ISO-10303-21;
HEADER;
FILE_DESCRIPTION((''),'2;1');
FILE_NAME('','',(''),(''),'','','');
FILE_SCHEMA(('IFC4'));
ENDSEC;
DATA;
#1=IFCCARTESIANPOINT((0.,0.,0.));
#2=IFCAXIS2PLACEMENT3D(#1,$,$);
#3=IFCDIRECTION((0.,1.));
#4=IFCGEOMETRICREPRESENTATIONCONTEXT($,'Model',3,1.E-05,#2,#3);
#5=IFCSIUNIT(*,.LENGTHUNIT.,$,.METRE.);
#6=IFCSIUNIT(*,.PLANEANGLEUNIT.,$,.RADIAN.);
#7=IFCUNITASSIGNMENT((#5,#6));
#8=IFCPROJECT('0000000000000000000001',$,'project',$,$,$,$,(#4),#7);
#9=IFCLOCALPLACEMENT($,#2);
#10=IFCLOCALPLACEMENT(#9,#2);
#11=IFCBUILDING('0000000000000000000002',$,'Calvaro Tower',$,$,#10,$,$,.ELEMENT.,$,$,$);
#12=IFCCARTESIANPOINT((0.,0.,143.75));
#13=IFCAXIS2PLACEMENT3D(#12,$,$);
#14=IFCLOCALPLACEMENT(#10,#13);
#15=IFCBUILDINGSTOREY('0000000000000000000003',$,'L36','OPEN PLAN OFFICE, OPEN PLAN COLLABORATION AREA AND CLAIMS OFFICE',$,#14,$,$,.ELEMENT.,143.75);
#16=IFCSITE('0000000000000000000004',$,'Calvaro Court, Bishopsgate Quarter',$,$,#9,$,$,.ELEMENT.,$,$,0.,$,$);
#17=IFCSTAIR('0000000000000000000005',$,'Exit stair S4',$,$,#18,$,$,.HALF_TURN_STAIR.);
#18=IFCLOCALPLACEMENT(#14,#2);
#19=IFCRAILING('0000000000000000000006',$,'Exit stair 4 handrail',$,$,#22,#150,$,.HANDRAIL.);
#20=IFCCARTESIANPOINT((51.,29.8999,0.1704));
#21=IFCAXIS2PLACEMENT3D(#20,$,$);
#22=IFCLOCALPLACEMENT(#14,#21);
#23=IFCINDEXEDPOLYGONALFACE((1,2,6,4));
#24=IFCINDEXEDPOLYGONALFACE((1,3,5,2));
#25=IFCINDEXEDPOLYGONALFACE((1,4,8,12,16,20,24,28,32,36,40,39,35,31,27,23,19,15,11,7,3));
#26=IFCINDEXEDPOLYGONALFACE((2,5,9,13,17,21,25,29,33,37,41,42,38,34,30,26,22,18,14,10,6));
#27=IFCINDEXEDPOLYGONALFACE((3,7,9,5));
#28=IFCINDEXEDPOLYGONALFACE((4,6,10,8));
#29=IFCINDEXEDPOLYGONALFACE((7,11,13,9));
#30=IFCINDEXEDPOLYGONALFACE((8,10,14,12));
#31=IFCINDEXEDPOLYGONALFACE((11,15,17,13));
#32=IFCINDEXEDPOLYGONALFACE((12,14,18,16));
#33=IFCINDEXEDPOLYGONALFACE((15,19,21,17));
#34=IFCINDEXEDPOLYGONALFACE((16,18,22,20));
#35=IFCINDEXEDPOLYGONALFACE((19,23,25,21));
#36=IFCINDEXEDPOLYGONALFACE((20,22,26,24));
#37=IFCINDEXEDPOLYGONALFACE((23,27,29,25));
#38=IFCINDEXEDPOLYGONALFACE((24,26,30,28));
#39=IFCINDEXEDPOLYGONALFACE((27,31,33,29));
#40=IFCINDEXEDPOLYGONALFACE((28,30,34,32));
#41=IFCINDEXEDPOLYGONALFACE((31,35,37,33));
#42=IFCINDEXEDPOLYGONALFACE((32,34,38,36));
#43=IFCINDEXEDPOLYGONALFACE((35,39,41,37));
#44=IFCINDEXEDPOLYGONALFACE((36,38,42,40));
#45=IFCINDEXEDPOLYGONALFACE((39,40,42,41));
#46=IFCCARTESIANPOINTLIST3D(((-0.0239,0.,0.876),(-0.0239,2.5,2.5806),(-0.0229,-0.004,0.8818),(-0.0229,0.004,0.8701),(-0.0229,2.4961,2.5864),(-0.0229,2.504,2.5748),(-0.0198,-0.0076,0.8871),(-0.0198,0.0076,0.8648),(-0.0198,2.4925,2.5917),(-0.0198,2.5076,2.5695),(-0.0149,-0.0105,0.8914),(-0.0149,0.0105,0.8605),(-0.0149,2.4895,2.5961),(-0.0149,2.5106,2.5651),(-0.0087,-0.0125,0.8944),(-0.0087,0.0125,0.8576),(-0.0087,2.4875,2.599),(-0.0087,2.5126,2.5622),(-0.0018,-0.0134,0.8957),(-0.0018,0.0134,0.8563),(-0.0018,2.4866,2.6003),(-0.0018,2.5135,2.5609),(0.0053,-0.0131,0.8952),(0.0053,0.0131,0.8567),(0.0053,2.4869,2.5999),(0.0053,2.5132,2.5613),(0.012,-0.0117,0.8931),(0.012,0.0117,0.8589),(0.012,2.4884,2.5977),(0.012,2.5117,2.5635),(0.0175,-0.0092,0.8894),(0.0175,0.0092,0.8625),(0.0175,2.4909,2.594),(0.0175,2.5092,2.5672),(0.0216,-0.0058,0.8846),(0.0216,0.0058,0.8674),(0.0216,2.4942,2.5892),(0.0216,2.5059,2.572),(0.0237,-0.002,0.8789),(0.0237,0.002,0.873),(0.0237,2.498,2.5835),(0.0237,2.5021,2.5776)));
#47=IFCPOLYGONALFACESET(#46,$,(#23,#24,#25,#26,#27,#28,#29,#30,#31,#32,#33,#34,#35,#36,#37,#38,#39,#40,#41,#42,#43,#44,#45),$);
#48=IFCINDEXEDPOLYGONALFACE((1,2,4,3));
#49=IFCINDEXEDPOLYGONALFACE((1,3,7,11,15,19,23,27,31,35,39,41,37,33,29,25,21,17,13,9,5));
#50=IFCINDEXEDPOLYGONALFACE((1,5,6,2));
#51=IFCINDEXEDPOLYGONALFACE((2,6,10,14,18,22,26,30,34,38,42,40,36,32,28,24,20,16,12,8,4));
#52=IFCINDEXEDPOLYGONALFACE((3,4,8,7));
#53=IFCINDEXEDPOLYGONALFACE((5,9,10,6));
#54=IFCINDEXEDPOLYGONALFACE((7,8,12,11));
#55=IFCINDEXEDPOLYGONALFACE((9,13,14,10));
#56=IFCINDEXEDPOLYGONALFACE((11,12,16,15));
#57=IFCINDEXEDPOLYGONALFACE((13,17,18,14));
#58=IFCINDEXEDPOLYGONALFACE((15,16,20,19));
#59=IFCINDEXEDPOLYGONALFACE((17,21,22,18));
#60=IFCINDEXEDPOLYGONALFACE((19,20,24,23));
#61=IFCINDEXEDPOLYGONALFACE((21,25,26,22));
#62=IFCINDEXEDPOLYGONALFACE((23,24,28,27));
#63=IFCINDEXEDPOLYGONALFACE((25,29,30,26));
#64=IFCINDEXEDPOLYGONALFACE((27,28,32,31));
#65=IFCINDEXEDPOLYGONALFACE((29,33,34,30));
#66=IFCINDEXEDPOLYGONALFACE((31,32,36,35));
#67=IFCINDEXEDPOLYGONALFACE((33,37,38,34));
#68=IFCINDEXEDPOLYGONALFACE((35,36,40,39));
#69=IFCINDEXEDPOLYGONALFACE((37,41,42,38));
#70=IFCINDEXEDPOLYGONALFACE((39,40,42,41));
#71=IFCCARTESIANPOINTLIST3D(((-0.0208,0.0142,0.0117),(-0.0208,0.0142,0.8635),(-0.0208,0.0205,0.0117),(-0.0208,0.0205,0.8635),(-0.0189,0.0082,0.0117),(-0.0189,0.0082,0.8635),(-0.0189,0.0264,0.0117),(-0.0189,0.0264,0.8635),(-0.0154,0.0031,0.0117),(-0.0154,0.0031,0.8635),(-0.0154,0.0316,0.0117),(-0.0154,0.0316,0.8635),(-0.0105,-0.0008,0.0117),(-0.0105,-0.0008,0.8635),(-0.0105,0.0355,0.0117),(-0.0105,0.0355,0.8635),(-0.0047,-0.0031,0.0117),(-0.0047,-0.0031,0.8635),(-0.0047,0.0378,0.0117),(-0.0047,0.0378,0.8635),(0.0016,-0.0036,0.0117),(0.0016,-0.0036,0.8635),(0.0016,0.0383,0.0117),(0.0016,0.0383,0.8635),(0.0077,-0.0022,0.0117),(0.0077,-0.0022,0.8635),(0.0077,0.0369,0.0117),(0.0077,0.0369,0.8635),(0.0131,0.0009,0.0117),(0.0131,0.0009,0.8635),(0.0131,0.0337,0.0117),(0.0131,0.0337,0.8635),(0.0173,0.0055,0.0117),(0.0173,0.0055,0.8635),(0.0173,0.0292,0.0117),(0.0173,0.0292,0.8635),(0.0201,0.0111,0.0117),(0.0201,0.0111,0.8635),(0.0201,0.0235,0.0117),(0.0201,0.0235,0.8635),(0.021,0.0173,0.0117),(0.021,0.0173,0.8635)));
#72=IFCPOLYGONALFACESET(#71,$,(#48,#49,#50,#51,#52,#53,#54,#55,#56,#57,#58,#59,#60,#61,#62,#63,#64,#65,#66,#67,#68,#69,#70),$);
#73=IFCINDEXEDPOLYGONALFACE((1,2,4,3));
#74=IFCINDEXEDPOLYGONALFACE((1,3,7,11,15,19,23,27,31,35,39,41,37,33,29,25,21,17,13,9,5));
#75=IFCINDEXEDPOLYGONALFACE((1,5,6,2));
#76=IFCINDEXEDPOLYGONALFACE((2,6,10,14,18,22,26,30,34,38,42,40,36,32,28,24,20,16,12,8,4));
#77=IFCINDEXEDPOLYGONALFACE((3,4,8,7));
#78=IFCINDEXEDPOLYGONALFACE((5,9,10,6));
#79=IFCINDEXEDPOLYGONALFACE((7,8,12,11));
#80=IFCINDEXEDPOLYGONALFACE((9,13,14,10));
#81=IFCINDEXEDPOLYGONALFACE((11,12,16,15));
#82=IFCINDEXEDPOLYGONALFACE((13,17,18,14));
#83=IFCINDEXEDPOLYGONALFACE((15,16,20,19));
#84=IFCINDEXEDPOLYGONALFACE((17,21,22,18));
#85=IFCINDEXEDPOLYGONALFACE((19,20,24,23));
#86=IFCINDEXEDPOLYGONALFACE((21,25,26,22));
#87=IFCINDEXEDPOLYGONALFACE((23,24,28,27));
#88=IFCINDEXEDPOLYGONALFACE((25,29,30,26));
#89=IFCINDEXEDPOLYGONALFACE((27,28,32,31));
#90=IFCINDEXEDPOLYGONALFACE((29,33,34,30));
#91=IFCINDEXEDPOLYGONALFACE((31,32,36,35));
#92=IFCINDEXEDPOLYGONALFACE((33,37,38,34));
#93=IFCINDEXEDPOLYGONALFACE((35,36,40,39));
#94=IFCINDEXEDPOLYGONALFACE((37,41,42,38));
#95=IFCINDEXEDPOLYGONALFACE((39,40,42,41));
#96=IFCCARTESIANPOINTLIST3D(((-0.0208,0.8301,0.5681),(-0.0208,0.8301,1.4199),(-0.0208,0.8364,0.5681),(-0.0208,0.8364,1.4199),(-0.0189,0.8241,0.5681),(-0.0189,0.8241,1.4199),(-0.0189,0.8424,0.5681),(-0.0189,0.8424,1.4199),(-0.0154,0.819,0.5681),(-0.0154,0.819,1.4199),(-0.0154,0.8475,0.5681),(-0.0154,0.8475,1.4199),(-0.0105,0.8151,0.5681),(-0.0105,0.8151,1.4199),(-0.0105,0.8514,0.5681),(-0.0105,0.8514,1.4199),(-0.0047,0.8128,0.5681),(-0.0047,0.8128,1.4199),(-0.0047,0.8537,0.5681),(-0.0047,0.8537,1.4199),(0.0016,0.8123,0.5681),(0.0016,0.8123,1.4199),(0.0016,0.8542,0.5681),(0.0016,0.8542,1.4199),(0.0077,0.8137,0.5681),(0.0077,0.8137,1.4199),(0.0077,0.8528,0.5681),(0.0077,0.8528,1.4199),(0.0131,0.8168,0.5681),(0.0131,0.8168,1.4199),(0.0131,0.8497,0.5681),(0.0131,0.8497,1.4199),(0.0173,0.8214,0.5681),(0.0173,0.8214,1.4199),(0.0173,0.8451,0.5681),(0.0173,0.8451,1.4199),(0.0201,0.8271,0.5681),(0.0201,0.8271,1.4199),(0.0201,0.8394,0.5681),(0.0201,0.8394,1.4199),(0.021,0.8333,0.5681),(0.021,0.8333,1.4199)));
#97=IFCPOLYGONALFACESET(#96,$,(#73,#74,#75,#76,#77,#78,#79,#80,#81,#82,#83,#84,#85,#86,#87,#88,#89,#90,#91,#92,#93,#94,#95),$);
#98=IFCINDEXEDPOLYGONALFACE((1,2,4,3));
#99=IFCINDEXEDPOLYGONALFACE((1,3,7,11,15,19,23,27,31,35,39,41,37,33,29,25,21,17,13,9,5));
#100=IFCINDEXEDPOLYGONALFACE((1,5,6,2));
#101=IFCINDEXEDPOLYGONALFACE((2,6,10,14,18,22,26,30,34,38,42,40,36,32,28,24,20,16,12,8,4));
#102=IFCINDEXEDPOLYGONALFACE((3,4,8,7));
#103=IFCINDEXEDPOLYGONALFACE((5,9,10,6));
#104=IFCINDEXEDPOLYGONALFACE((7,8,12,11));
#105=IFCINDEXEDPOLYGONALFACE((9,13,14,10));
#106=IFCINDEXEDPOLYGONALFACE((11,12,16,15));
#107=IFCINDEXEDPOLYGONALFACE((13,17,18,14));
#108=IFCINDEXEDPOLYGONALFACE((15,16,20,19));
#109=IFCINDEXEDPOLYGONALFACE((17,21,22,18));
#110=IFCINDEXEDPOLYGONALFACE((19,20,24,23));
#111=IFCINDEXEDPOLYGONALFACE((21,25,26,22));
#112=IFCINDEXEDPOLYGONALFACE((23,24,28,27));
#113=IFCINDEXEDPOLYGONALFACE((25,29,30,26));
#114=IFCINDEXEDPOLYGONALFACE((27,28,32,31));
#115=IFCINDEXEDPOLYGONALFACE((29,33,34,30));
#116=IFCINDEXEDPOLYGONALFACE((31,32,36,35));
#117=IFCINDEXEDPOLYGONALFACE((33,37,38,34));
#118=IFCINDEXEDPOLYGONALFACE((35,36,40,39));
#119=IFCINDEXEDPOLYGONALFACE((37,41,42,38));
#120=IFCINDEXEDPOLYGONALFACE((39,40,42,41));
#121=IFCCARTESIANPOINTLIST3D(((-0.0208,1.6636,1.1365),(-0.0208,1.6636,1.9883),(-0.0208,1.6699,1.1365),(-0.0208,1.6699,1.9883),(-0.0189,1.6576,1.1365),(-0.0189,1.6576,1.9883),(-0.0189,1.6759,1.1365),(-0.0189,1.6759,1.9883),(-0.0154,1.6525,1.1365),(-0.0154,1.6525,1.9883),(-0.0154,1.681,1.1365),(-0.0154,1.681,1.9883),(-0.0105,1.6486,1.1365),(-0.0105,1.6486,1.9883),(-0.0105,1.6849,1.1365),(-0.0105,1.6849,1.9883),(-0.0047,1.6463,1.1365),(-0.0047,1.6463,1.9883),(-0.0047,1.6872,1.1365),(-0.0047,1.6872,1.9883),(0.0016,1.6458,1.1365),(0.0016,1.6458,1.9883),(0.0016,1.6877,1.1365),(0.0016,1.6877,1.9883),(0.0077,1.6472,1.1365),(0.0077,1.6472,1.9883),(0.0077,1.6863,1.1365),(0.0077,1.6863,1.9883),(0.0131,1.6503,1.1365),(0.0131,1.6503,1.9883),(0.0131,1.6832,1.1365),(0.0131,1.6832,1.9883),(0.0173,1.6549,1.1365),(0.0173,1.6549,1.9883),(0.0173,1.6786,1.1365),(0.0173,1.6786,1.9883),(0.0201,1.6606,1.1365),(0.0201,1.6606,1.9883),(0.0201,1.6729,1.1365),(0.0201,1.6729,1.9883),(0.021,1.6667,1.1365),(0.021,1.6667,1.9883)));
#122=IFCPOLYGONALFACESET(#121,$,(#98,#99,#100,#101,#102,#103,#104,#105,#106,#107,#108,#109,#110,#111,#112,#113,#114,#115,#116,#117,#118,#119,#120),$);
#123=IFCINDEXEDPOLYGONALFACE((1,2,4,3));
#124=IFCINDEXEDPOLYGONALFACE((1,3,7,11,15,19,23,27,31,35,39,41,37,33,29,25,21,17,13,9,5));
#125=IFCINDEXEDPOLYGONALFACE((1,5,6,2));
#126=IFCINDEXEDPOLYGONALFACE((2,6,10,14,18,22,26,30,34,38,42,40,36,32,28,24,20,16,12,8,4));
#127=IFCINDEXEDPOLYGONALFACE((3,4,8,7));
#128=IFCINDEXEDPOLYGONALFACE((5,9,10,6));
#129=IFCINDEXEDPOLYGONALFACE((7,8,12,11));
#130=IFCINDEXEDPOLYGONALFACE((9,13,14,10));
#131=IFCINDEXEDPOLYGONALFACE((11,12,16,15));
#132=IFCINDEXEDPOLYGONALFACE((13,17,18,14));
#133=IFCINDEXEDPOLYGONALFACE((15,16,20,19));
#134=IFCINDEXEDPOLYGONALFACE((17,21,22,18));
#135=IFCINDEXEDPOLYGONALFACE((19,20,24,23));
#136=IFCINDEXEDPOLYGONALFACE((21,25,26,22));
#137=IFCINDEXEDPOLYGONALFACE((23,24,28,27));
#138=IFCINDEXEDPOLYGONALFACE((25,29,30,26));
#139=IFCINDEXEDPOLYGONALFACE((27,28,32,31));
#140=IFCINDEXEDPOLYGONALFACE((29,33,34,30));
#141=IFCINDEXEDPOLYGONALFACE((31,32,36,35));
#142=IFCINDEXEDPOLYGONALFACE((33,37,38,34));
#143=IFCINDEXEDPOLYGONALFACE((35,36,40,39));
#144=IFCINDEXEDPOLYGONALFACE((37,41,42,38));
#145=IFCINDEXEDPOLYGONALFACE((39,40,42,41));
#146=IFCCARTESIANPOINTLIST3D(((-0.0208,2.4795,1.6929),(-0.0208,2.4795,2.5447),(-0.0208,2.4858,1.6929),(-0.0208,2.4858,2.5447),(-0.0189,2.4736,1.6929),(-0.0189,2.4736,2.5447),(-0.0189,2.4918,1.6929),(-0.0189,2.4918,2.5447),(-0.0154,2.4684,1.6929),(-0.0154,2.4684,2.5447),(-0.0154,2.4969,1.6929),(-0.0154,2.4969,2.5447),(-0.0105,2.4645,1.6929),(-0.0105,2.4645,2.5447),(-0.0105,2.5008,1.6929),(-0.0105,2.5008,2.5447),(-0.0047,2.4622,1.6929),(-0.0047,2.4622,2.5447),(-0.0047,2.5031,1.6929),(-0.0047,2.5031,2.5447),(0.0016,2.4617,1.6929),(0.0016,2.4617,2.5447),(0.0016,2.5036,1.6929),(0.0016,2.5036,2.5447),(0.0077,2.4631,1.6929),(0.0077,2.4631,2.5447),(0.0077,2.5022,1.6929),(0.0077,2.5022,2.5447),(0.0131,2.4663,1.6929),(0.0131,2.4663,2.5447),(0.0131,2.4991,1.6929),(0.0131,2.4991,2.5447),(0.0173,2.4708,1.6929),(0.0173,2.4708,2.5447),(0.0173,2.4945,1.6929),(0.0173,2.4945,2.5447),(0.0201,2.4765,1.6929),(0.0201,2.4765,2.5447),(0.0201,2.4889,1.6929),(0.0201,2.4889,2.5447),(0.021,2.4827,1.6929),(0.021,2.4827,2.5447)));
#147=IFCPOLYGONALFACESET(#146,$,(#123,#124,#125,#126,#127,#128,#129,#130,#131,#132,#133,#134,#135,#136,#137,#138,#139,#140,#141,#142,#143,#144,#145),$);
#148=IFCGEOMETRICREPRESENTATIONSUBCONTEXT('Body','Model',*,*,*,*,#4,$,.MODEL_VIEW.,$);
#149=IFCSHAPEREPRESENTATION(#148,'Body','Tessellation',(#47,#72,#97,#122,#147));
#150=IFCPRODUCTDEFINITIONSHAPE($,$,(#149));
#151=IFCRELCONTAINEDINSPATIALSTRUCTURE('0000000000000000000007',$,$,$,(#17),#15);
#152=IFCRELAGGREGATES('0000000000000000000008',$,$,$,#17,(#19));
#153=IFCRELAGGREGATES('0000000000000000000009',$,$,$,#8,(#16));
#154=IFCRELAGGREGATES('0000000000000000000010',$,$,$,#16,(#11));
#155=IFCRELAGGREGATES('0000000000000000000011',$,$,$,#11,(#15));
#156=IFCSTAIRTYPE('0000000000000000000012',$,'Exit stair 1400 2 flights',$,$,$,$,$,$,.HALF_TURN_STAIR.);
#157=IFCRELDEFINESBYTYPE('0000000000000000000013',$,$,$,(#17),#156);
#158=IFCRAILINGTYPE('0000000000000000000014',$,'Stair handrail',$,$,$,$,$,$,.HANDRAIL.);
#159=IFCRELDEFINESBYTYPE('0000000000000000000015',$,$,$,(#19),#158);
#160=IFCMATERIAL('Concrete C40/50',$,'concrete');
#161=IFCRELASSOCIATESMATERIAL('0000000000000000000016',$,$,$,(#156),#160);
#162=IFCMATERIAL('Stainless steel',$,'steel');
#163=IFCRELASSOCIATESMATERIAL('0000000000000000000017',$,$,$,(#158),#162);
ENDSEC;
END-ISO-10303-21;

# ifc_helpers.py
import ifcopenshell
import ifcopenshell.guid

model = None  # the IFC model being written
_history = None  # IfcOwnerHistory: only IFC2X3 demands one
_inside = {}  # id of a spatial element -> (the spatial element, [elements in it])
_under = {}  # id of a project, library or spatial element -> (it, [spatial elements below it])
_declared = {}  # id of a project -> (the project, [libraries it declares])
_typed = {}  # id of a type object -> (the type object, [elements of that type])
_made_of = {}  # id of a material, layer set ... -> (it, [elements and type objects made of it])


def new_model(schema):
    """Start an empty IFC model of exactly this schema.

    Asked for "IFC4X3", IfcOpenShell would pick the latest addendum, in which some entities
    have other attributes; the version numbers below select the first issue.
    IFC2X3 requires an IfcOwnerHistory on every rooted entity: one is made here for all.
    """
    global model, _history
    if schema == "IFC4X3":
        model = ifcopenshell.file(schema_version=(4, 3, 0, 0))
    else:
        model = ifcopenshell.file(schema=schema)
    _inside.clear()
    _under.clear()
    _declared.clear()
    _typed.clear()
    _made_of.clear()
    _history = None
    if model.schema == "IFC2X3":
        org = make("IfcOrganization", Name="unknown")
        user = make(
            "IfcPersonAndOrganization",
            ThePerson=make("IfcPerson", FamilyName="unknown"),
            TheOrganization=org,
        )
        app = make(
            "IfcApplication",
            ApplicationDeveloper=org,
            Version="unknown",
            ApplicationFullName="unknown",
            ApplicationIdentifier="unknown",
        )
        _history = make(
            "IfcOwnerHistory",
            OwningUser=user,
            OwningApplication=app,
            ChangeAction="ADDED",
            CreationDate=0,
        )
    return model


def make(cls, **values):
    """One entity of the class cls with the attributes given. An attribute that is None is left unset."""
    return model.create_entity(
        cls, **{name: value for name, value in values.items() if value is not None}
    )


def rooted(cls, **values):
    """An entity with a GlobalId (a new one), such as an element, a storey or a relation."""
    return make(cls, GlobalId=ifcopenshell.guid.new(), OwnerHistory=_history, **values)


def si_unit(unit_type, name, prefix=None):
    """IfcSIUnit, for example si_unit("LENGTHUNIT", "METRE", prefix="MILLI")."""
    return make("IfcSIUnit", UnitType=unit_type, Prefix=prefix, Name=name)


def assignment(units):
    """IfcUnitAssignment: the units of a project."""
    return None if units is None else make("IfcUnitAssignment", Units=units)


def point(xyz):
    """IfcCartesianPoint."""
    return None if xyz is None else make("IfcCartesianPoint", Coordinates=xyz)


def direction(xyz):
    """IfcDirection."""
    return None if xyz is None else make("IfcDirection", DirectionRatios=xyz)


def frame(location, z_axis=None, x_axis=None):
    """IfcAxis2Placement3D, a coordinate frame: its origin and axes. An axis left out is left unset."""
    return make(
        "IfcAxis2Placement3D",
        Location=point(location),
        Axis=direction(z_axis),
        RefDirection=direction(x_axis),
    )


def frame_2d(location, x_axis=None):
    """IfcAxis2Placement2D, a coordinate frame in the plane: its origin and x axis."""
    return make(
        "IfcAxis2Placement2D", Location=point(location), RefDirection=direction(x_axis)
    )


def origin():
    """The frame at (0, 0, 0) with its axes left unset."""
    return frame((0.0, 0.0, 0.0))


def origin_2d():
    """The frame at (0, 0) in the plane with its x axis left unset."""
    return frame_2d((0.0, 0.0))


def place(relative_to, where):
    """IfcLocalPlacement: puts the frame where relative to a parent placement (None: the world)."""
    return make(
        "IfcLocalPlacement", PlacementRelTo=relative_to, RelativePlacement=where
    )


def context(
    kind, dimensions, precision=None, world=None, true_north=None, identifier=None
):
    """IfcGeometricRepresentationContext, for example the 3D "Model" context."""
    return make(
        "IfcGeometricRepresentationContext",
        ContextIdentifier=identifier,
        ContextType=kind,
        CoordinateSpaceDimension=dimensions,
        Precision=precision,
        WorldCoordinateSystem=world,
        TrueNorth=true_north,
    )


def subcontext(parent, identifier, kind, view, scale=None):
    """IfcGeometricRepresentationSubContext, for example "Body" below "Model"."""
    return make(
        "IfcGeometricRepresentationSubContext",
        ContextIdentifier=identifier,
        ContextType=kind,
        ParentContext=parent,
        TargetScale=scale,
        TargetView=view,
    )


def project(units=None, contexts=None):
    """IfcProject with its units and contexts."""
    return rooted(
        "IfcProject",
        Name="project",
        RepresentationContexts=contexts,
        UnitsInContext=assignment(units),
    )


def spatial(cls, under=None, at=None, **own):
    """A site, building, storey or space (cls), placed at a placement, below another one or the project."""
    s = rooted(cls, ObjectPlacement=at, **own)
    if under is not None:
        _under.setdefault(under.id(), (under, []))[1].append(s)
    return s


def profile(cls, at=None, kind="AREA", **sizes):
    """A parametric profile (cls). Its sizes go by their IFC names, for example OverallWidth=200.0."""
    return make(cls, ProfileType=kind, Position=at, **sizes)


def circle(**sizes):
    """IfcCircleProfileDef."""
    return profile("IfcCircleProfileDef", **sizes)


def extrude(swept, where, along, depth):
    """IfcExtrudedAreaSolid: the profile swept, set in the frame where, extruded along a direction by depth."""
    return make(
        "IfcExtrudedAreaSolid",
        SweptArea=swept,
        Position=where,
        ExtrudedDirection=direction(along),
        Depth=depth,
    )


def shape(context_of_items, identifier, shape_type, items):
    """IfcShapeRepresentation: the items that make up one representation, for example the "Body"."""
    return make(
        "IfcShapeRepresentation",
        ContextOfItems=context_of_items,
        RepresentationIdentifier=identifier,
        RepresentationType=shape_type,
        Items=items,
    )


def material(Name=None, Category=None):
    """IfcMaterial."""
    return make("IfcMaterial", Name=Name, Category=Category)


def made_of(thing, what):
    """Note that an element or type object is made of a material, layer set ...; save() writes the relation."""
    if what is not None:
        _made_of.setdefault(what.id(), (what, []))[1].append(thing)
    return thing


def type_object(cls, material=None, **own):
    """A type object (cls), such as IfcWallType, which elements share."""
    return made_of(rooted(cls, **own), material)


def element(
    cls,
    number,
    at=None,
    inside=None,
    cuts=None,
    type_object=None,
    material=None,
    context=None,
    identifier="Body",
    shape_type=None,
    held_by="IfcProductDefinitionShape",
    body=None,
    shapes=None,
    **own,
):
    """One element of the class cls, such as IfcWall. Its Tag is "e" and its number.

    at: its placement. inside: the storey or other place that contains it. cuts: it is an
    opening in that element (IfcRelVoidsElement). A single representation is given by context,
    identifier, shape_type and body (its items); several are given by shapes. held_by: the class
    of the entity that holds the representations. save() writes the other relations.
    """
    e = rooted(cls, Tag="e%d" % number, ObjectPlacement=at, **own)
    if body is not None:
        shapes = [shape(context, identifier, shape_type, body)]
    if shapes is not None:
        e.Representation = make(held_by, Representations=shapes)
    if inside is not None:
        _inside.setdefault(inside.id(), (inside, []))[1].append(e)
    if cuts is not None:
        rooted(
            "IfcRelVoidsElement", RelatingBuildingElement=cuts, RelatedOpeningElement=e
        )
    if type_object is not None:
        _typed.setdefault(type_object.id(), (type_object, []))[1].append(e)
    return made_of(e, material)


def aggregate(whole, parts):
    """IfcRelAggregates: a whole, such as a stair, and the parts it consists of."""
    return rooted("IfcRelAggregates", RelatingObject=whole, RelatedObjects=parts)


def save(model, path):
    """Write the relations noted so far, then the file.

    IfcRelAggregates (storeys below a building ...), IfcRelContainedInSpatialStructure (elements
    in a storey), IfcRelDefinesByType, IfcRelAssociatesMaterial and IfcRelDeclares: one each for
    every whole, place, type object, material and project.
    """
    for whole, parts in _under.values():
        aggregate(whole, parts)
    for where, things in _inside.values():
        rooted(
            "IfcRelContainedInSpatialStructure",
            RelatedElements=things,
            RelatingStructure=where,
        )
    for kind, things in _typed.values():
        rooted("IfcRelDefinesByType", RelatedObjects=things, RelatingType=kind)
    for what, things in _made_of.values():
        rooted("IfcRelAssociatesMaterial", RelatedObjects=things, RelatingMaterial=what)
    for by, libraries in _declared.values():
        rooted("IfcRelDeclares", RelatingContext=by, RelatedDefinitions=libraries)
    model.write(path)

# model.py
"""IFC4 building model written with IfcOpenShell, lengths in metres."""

from ifc_helpers import new_model, si_unit, direction, frame, origin, origin_2d, place, context, subcontext, project, spatial, circle, extrude, material, type_object, element, aggregate, save


model = new_model("IFC4")

# Units and contexts
model_context = context("Model", 3, precision=1e-05, world=origin(), true_north=direction((0.0, 1.0)))
body_context = subcontext(model_context, "Body", "Model", "MODEL_VIEW")
ifc_project = project(units=[si_unit("LENGTHUNIT", "METRE"), si_unit("PLANEANGLEUNIT", "RADIAN")], contexts=[model_context])

# Site, building, storey
site_placement = place(None, origin())
site = spatial("IfcSite", under=ifc_project, at=site_placement, Name="Calvaro Court, Bishopsgate Quarter", CompositionType="ELEMENT", RefElevation=0.0)
building_placement = place(site_placement, origin())
building = spatial("IfcBuilding", under=site, at=building_placement, Name="Calvaro Tower", CompositionType="ELEMENT")
storey_placement = place(building_placement, frame((0.0, 0.0, 143.75)))
storey = spatial("IfcBuildingStorey", under=building, at=storey_placement, Name="L36", Description="OPEN PLAN OFFICE, OPEN PLAN COLLABORATION AREA AND CLAIMS OFFICE", CompositionType="ELEMENT", Elevation=143.75)

# Stair
ifc_material_1 = material(Name="Concrete C40/50", Category="concrete")
stair_type = type_object("IfcStairType", Name="Exit stair 1400 2 flights", PredefinedType="HALF_TURN_STAIR", material=ifc_material_1)
stair_1_placement = place(storey_placement, origin())
stair_1 = element("IfcStair", 1, at=stair_1_placement, inside=storey, type_object=stair_type, Name="Exit stair S4", PredefinedType="HALF_TURN_STAIR")

# Railing
ifc_material_2 = material(Name="Stainless steel", Category="steel")
railing_type = type_object("IfcRailingType", Name="Stair handrail", PredefinedType="HANDRAIL", material=ifc_material_2)
railing_1_placement = place(storey_placement, frame((51.0, 29.8999, 0.1704)))
railing_1 = element("IfcRailing", 2, at=railing_1_placement, type_object=railing_type, Name="Exit stair 4 handrail", PredefinedType="HANDRAIL", context=body_context, shape_type="SweptSolid", body=[
    extrude(circle(Radius=0.0239, at=origin_2d()), frame((0.0, 0.0, 0.876), z_axis=(0.0, 0.826221, 0.563347), x_axis=(-1.0, 0.0, 0.0)), (0.0, 0.0, 1.0), 3.0259),
    extrude(circle(Radius=0.021, at=origin_2d()), frame((0.0, 0.0173, 0.0117)), (0.0, 0.0, 1.0), 0.8518),
    extrude(circle(Radius=0.021, at=origin_2d()), frame((0.0, 0.8333, 0.5681)), (0.0, 0.0, 1.0), 0.8518),
    extrude(circle(Radius=0.021, at=origin_2d()), frame((0.0, 1.6667, 1.1365)), (0.0, 0.0, 1.0), 0.8518),
    extrude(circle(Radius=0.021, at=origin_2d()), frame((0.0, 2.4827, 1.6929)), (0.0, 0.0, 1.0), 0.8518),
])
aggregate(stair_1, [railing_1])

save(model, "model.ifc")
